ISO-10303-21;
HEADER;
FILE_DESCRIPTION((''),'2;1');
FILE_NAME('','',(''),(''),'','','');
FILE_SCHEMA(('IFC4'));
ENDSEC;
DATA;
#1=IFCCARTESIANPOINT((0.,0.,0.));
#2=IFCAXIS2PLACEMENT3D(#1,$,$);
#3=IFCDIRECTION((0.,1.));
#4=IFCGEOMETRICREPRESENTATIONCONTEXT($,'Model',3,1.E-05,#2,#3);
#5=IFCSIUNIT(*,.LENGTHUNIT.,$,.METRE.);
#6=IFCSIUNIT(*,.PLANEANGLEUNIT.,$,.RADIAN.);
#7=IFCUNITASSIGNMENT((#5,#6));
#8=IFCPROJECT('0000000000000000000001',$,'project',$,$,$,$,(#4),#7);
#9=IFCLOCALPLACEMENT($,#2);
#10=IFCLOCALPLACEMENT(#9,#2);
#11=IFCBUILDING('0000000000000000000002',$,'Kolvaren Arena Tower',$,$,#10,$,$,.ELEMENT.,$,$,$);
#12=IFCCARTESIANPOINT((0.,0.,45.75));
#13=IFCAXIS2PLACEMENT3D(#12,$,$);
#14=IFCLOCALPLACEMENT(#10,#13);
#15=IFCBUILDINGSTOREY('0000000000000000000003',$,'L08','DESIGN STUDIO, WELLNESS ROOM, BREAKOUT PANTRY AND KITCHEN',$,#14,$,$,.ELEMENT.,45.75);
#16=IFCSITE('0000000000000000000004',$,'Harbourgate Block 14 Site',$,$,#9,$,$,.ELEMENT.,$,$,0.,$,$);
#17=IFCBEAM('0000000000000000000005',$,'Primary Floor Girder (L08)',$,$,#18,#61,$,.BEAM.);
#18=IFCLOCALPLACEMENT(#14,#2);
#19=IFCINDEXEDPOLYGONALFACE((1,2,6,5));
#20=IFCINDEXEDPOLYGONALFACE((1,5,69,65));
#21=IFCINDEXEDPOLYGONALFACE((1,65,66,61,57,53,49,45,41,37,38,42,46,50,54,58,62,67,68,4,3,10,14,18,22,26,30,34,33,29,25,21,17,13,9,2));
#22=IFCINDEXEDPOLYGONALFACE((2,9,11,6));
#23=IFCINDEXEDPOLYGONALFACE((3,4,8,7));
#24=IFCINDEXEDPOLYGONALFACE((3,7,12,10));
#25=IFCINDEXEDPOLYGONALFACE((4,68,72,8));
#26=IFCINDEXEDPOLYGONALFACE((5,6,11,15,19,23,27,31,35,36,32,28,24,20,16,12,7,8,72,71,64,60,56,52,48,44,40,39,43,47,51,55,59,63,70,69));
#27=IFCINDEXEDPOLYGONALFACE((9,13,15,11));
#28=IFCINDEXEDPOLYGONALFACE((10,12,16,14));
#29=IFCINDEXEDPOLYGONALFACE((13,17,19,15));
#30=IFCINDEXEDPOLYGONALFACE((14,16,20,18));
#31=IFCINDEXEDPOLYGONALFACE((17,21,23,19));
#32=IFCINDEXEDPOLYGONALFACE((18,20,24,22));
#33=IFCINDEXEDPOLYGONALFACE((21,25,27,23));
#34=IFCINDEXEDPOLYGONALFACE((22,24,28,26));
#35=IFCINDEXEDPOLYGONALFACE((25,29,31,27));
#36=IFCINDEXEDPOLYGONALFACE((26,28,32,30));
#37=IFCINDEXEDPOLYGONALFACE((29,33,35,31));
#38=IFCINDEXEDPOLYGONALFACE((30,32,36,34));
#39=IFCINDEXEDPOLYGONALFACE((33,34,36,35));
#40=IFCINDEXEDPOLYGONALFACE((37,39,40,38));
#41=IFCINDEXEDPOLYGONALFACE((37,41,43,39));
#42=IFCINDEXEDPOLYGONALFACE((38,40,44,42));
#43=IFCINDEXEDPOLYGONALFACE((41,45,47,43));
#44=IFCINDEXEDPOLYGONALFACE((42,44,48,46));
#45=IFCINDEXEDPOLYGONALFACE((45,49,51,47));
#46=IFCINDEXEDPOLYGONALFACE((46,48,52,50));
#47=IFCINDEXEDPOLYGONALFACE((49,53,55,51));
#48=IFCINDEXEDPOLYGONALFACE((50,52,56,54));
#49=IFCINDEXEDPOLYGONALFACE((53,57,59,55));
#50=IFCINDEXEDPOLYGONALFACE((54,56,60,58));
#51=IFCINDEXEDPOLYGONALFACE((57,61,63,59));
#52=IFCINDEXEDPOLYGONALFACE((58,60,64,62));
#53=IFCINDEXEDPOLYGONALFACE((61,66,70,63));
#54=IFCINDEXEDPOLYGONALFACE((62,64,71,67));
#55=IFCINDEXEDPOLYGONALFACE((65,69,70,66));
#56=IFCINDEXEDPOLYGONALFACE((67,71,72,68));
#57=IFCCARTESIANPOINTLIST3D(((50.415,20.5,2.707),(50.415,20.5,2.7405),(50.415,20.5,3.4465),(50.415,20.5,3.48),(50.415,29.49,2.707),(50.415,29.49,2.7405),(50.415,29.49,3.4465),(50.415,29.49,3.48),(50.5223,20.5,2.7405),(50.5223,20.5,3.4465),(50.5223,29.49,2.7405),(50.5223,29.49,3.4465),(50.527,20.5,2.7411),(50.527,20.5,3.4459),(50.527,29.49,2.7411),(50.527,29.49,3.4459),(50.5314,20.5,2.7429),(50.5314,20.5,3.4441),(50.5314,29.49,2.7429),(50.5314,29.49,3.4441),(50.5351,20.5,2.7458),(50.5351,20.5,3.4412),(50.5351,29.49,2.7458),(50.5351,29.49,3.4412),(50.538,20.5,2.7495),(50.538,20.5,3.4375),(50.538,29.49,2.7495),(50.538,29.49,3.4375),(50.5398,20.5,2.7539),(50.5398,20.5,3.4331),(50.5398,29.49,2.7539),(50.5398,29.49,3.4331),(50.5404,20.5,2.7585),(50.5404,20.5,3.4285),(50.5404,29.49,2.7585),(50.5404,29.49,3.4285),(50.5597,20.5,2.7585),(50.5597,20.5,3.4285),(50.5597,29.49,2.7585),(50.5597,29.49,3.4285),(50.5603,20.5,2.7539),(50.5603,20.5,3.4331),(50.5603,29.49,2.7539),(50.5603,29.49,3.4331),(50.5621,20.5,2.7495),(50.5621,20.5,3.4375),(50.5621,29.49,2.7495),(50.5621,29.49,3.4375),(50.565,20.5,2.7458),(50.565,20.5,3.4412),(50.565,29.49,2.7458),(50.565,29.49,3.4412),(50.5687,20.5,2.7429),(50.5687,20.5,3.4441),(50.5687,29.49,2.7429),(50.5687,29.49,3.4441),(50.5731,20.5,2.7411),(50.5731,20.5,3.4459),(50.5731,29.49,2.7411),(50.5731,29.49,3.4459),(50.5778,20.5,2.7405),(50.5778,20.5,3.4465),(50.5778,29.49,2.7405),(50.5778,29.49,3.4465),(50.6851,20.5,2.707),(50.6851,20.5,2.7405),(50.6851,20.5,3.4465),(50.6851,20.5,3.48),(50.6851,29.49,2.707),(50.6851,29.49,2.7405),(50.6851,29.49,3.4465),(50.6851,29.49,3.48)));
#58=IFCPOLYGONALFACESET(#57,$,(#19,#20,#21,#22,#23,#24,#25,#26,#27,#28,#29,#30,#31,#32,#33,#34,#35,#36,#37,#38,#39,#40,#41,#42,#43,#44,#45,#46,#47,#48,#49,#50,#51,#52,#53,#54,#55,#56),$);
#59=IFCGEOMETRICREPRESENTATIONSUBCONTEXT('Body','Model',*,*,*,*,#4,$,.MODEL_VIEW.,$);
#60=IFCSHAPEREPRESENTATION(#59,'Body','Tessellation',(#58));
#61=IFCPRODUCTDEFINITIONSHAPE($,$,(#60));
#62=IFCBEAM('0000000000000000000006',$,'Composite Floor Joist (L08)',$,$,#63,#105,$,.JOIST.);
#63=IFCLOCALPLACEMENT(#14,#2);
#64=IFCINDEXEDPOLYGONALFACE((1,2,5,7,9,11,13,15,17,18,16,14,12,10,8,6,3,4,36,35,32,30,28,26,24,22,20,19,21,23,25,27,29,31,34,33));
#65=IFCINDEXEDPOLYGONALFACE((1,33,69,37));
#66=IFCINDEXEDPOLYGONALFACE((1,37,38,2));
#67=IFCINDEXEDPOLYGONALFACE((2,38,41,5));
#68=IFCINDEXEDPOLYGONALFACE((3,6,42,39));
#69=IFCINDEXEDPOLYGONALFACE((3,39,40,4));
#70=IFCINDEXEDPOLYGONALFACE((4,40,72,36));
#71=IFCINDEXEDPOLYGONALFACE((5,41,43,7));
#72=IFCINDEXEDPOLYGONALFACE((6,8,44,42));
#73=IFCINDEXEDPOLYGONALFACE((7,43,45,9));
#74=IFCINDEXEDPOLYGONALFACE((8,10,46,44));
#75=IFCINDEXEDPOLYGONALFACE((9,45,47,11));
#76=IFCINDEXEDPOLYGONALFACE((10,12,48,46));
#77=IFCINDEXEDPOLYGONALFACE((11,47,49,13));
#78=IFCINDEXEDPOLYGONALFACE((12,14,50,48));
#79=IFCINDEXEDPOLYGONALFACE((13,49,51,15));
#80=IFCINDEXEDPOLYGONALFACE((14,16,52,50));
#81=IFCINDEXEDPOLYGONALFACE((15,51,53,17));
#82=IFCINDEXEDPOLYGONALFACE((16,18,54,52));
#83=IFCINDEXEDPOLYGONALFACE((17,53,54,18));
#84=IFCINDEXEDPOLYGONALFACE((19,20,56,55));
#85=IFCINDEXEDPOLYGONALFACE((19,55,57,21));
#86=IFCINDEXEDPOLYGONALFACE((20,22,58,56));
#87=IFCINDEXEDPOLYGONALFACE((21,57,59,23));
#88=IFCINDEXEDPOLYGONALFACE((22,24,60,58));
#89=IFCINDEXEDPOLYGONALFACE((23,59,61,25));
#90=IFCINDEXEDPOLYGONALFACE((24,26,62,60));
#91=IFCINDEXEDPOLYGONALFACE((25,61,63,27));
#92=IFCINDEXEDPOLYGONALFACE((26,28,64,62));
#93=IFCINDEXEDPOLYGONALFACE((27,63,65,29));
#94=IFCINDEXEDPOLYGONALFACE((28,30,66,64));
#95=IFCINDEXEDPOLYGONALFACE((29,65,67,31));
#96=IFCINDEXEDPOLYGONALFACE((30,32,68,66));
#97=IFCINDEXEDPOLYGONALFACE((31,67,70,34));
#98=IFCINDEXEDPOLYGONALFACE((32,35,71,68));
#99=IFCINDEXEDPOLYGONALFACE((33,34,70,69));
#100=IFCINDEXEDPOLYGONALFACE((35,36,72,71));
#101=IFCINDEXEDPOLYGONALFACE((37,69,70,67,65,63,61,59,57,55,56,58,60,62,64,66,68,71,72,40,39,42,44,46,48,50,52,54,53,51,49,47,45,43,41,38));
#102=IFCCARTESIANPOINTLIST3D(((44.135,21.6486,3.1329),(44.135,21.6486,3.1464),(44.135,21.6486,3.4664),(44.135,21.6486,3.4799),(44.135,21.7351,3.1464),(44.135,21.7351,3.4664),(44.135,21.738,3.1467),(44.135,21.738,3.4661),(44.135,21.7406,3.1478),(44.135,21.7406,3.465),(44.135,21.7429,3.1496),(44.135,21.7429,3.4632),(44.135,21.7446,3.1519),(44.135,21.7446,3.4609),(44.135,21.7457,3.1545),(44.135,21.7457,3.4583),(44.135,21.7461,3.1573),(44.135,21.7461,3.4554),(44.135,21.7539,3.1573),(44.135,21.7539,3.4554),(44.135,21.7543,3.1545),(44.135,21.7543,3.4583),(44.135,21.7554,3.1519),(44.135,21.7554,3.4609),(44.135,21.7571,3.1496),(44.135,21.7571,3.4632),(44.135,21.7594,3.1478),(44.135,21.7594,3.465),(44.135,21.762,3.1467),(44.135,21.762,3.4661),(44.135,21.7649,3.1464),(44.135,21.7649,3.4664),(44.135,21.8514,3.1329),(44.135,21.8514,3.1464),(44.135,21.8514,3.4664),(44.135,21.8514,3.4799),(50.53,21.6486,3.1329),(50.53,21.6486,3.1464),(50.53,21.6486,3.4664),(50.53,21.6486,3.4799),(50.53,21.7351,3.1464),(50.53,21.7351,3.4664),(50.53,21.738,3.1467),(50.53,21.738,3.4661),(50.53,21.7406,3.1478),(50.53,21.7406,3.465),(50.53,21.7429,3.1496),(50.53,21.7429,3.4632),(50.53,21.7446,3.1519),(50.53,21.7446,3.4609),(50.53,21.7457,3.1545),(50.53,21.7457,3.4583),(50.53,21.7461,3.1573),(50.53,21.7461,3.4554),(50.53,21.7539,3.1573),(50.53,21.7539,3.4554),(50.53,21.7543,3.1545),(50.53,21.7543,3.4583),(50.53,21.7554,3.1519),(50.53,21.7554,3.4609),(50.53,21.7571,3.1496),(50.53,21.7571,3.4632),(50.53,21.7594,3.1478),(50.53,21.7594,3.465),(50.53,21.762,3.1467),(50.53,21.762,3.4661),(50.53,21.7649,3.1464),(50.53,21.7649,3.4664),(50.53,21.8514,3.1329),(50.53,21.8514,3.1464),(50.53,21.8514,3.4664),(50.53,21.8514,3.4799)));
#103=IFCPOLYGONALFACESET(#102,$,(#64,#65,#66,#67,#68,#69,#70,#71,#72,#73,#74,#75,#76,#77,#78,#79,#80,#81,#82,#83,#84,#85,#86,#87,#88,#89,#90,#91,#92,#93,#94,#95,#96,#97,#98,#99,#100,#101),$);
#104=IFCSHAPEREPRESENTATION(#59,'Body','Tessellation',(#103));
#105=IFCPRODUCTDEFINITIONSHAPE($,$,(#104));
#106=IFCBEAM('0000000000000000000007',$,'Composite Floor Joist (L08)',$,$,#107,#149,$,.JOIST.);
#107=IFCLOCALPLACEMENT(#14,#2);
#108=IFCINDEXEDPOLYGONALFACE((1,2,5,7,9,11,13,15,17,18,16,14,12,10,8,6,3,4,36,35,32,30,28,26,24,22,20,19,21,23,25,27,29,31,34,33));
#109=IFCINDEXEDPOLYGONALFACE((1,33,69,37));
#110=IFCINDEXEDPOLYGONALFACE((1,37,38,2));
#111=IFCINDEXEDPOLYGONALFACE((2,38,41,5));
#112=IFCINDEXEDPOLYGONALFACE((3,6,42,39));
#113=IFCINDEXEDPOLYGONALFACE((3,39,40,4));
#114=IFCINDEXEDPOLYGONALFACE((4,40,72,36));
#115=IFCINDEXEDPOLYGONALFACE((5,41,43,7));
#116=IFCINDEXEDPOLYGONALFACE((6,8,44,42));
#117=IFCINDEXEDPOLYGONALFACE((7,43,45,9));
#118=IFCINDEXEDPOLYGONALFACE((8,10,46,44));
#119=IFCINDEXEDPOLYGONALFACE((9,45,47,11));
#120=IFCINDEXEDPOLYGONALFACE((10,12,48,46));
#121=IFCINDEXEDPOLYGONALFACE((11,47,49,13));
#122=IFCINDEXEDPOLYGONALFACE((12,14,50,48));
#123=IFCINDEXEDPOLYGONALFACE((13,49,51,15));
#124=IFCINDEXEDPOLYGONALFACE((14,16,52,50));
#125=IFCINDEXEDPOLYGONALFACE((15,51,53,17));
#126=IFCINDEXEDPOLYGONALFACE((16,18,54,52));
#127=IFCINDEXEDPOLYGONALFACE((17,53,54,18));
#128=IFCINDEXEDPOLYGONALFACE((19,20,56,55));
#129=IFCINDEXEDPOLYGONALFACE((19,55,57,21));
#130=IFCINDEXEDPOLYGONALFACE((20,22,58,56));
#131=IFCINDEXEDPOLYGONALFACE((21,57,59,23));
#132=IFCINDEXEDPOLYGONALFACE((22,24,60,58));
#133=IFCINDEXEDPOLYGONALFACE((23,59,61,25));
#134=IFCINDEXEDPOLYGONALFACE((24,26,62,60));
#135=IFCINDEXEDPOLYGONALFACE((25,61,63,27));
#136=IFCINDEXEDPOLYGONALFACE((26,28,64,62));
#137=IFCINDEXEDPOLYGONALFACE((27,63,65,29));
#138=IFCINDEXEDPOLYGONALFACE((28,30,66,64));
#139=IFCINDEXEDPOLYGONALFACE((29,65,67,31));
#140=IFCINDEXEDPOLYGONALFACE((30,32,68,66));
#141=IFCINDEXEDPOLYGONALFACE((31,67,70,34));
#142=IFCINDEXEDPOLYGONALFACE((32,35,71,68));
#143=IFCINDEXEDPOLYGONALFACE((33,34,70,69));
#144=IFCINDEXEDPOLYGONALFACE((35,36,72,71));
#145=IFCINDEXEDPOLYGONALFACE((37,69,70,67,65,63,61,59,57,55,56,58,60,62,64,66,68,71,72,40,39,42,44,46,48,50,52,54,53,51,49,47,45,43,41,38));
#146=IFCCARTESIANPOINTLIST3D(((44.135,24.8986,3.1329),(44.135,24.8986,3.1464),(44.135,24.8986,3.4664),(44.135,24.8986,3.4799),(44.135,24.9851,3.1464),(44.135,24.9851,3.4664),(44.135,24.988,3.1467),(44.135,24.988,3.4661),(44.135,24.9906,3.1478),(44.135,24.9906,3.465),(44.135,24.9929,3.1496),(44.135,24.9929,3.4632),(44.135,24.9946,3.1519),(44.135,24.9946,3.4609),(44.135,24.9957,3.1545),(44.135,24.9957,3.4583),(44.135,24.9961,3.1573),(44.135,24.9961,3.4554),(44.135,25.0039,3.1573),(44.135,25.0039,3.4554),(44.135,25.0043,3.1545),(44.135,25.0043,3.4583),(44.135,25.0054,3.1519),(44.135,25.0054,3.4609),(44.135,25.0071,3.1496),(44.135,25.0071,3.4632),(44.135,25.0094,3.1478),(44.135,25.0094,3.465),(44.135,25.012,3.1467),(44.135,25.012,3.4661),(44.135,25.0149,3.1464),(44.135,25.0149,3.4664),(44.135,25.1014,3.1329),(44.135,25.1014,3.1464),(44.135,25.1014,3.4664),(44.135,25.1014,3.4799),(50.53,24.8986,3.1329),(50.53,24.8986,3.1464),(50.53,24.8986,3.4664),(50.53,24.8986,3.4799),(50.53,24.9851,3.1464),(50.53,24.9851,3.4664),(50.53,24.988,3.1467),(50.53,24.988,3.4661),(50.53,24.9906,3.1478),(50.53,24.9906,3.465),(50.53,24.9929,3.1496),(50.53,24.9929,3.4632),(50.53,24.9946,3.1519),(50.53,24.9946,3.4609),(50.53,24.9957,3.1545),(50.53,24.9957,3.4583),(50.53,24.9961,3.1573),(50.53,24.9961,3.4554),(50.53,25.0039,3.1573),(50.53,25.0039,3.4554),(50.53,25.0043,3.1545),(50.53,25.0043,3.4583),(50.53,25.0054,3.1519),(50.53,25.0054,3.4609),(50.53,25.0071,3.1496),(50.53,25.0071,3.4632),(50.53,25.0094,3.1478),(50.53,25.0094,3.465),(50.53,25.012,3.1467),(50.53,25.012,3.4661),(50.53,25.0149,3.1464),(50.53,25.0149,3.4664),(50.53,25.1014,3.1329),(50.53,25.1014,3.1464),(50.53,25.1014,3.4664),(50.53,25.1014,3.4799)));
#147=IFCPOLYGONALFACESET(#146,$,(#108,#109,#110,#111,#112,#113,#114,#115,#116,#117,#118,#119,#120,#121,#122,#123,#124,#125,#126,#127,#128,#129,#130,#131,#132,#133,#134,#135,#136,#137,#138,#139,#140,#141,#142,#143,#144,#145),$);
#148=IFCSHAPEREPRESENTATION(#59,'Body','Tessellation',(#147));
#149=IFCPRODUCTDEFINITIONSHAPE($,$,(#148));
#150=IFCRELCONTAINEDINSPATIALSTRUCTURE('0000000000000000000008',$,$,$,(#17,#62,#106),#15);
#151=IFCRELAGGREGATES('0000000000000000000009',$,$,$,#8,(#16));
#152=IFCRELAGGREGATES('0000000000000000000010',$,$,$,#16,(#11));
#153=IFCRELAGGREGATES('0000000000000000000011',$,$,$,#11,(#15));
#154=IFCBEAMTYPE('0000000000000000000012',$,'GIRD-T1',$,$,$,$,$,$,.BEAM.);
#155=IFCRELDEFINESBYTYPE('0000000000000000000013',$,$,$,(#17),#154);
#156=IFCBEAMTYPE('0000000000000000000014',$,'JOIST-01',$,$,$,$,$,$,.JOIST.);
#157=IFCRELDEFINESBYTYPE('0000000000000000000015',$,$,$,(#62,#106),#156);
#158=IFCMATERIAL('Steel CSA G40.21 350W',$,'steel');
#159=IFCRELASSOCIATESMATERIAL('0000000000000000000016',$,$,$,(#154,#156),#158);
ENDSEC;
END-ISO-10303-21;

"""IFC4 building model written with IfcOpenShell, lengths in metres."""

from ifc_helpers import new_model, si_unit, direction, frame, origin, origin_2d, place, context, subcontext, project, spatial, i_section, extrude, material, material_profile, profile_set, type_object, element, save


model = new_model("IFC4")

# Units and contexts
model_context = context("Model", 3, precision=1e-05, world=origin(), true_north=direction((0.0, 1.0)))
body_context = subcontext(model_context, "Body", "Model", "MODEL_VIEW")
ifc_project = project(units=[si_unit("LENGTHUNIT", "METRE"), si_unit("PLANEANGLEUNIT", "RADIAN")], contexts=[model_context])

# Site, building, storey
site_placement = place(None, origin())
site = spatial("IfcSite", under=ifc_project, at=site_placement, Name="Harbourgate Block 14 Site", CompositionType="ELEMENT", RefElevation=0.0)
building_placement = place(site_placement, origin())
building = spatial("IfcBuilding", under=site, at=building_placement, Name="Kolvaren Arena Tower", CompositionType="ELEMENT")
storey_placement = place(building_placement, frame((0.0, 0.0, 45.75)))
storey = spatial("IfcBuildingStorey", under=building, at=storey_placement, Name="L08", Description="DESIGN STUDIO, WELLNESS ROOM, BREAKOUT PANTRY AND KITCHEN", CompositionType="ELEMENT", Elevation=45.75)

# Beams
ifc_material_1 = material(Name="Steel CSA G40.21 350W", Category="steel")
ifc_material_profile_1 = material_profile(ifc_material_1, i_section(OverallWidth=0.27, OverallDepth=0.7729, WebThickness=0.0193, FlangeThickness=0.0334, FilletRadius=0.0181, at=origin_2d()), Name="W760x257")
ifc_profile_set_1 = profile_set([ifc_material_profile_1], Name="Steel CSA G40.21 350W")
beam_type_1 = type_object("IfcBeamType", Name="GIRD-T1", PredefinedType="BEAM", material=ifc_profile_set_1)
beam_1_placement = place(storey_placement, frame((50.55, 20.5, 3.0935), z_axis=(0.0, 1.0, 0.0), x_axis=(-1.0, 0.0, 0.0)))
element("IfcBeam", 1, at=beam_1_placement, inside=storey, type_object=beam_type_1, Name="Primary Floor Girder (L08)", PredefinedType="BEAM", context=body_context, shape_type="SweptSolid", body=[
    extrude(i_section(OverallWidth=0.27, OverallDepth=0.7729, WebThickness=0.0193, FlangeThickness=0.0334, FilletRadius=0.0181, at=origin_2d()), origin(), (0.0, 0.0, 1.0), 8.99),
])
ifc_material_profile_2 = material_profile(ifc_material_1, i_section(OverallWidth=0.2029, OverallDepth=0.3469, WebThickness=0.0078, FlangeThickness=0.0134, FilletRadius=0.011, at=origin_2d()), Name="W360x64")
ifc_profile_set_2 = profile_set([ifc_material_profile_2], Name="Steel CSA G40.21 350W")
beam_type_2 = type_object("IfcBeamType", Name="JOIST-01", PredefinedType="JOIST", material=ifc_profile_set_2)
for number, where, z_axis, x_axis, name in (
    (2, (44.135, 21.75, 3.3064), (1.0, 0.0, 0.0), (0.0, 1.0, 0.0), "Composite Floor Joist (L08)"),
    (3, (44.135, 25.0, 3.3064), (1.0, 0.0, 0.0), (0.0, 1.0, 0.0), "Composite Floor Joist (L08)"),
):
    element("IfcBeam", number, at=place(storey_placement, frame(where, z_axis=z_axis, x_axis=x_axis)), inside=storey, type_object=beam_type_2, Name=name, PredefinedType="JOIST", context=body_context, shape_type="SweptSolid", body=[
        extrude(i_section(OverallWidth=0.2029, OverallDepth=0.3469, WebThickness=0.0078, FlangeThickness=0.0134, FilletRadius=0.011, at=origin_2d()), origin(), (0.0, 0.0, 1.0), 6.395),
    ])

save(model, "model.ifc")
